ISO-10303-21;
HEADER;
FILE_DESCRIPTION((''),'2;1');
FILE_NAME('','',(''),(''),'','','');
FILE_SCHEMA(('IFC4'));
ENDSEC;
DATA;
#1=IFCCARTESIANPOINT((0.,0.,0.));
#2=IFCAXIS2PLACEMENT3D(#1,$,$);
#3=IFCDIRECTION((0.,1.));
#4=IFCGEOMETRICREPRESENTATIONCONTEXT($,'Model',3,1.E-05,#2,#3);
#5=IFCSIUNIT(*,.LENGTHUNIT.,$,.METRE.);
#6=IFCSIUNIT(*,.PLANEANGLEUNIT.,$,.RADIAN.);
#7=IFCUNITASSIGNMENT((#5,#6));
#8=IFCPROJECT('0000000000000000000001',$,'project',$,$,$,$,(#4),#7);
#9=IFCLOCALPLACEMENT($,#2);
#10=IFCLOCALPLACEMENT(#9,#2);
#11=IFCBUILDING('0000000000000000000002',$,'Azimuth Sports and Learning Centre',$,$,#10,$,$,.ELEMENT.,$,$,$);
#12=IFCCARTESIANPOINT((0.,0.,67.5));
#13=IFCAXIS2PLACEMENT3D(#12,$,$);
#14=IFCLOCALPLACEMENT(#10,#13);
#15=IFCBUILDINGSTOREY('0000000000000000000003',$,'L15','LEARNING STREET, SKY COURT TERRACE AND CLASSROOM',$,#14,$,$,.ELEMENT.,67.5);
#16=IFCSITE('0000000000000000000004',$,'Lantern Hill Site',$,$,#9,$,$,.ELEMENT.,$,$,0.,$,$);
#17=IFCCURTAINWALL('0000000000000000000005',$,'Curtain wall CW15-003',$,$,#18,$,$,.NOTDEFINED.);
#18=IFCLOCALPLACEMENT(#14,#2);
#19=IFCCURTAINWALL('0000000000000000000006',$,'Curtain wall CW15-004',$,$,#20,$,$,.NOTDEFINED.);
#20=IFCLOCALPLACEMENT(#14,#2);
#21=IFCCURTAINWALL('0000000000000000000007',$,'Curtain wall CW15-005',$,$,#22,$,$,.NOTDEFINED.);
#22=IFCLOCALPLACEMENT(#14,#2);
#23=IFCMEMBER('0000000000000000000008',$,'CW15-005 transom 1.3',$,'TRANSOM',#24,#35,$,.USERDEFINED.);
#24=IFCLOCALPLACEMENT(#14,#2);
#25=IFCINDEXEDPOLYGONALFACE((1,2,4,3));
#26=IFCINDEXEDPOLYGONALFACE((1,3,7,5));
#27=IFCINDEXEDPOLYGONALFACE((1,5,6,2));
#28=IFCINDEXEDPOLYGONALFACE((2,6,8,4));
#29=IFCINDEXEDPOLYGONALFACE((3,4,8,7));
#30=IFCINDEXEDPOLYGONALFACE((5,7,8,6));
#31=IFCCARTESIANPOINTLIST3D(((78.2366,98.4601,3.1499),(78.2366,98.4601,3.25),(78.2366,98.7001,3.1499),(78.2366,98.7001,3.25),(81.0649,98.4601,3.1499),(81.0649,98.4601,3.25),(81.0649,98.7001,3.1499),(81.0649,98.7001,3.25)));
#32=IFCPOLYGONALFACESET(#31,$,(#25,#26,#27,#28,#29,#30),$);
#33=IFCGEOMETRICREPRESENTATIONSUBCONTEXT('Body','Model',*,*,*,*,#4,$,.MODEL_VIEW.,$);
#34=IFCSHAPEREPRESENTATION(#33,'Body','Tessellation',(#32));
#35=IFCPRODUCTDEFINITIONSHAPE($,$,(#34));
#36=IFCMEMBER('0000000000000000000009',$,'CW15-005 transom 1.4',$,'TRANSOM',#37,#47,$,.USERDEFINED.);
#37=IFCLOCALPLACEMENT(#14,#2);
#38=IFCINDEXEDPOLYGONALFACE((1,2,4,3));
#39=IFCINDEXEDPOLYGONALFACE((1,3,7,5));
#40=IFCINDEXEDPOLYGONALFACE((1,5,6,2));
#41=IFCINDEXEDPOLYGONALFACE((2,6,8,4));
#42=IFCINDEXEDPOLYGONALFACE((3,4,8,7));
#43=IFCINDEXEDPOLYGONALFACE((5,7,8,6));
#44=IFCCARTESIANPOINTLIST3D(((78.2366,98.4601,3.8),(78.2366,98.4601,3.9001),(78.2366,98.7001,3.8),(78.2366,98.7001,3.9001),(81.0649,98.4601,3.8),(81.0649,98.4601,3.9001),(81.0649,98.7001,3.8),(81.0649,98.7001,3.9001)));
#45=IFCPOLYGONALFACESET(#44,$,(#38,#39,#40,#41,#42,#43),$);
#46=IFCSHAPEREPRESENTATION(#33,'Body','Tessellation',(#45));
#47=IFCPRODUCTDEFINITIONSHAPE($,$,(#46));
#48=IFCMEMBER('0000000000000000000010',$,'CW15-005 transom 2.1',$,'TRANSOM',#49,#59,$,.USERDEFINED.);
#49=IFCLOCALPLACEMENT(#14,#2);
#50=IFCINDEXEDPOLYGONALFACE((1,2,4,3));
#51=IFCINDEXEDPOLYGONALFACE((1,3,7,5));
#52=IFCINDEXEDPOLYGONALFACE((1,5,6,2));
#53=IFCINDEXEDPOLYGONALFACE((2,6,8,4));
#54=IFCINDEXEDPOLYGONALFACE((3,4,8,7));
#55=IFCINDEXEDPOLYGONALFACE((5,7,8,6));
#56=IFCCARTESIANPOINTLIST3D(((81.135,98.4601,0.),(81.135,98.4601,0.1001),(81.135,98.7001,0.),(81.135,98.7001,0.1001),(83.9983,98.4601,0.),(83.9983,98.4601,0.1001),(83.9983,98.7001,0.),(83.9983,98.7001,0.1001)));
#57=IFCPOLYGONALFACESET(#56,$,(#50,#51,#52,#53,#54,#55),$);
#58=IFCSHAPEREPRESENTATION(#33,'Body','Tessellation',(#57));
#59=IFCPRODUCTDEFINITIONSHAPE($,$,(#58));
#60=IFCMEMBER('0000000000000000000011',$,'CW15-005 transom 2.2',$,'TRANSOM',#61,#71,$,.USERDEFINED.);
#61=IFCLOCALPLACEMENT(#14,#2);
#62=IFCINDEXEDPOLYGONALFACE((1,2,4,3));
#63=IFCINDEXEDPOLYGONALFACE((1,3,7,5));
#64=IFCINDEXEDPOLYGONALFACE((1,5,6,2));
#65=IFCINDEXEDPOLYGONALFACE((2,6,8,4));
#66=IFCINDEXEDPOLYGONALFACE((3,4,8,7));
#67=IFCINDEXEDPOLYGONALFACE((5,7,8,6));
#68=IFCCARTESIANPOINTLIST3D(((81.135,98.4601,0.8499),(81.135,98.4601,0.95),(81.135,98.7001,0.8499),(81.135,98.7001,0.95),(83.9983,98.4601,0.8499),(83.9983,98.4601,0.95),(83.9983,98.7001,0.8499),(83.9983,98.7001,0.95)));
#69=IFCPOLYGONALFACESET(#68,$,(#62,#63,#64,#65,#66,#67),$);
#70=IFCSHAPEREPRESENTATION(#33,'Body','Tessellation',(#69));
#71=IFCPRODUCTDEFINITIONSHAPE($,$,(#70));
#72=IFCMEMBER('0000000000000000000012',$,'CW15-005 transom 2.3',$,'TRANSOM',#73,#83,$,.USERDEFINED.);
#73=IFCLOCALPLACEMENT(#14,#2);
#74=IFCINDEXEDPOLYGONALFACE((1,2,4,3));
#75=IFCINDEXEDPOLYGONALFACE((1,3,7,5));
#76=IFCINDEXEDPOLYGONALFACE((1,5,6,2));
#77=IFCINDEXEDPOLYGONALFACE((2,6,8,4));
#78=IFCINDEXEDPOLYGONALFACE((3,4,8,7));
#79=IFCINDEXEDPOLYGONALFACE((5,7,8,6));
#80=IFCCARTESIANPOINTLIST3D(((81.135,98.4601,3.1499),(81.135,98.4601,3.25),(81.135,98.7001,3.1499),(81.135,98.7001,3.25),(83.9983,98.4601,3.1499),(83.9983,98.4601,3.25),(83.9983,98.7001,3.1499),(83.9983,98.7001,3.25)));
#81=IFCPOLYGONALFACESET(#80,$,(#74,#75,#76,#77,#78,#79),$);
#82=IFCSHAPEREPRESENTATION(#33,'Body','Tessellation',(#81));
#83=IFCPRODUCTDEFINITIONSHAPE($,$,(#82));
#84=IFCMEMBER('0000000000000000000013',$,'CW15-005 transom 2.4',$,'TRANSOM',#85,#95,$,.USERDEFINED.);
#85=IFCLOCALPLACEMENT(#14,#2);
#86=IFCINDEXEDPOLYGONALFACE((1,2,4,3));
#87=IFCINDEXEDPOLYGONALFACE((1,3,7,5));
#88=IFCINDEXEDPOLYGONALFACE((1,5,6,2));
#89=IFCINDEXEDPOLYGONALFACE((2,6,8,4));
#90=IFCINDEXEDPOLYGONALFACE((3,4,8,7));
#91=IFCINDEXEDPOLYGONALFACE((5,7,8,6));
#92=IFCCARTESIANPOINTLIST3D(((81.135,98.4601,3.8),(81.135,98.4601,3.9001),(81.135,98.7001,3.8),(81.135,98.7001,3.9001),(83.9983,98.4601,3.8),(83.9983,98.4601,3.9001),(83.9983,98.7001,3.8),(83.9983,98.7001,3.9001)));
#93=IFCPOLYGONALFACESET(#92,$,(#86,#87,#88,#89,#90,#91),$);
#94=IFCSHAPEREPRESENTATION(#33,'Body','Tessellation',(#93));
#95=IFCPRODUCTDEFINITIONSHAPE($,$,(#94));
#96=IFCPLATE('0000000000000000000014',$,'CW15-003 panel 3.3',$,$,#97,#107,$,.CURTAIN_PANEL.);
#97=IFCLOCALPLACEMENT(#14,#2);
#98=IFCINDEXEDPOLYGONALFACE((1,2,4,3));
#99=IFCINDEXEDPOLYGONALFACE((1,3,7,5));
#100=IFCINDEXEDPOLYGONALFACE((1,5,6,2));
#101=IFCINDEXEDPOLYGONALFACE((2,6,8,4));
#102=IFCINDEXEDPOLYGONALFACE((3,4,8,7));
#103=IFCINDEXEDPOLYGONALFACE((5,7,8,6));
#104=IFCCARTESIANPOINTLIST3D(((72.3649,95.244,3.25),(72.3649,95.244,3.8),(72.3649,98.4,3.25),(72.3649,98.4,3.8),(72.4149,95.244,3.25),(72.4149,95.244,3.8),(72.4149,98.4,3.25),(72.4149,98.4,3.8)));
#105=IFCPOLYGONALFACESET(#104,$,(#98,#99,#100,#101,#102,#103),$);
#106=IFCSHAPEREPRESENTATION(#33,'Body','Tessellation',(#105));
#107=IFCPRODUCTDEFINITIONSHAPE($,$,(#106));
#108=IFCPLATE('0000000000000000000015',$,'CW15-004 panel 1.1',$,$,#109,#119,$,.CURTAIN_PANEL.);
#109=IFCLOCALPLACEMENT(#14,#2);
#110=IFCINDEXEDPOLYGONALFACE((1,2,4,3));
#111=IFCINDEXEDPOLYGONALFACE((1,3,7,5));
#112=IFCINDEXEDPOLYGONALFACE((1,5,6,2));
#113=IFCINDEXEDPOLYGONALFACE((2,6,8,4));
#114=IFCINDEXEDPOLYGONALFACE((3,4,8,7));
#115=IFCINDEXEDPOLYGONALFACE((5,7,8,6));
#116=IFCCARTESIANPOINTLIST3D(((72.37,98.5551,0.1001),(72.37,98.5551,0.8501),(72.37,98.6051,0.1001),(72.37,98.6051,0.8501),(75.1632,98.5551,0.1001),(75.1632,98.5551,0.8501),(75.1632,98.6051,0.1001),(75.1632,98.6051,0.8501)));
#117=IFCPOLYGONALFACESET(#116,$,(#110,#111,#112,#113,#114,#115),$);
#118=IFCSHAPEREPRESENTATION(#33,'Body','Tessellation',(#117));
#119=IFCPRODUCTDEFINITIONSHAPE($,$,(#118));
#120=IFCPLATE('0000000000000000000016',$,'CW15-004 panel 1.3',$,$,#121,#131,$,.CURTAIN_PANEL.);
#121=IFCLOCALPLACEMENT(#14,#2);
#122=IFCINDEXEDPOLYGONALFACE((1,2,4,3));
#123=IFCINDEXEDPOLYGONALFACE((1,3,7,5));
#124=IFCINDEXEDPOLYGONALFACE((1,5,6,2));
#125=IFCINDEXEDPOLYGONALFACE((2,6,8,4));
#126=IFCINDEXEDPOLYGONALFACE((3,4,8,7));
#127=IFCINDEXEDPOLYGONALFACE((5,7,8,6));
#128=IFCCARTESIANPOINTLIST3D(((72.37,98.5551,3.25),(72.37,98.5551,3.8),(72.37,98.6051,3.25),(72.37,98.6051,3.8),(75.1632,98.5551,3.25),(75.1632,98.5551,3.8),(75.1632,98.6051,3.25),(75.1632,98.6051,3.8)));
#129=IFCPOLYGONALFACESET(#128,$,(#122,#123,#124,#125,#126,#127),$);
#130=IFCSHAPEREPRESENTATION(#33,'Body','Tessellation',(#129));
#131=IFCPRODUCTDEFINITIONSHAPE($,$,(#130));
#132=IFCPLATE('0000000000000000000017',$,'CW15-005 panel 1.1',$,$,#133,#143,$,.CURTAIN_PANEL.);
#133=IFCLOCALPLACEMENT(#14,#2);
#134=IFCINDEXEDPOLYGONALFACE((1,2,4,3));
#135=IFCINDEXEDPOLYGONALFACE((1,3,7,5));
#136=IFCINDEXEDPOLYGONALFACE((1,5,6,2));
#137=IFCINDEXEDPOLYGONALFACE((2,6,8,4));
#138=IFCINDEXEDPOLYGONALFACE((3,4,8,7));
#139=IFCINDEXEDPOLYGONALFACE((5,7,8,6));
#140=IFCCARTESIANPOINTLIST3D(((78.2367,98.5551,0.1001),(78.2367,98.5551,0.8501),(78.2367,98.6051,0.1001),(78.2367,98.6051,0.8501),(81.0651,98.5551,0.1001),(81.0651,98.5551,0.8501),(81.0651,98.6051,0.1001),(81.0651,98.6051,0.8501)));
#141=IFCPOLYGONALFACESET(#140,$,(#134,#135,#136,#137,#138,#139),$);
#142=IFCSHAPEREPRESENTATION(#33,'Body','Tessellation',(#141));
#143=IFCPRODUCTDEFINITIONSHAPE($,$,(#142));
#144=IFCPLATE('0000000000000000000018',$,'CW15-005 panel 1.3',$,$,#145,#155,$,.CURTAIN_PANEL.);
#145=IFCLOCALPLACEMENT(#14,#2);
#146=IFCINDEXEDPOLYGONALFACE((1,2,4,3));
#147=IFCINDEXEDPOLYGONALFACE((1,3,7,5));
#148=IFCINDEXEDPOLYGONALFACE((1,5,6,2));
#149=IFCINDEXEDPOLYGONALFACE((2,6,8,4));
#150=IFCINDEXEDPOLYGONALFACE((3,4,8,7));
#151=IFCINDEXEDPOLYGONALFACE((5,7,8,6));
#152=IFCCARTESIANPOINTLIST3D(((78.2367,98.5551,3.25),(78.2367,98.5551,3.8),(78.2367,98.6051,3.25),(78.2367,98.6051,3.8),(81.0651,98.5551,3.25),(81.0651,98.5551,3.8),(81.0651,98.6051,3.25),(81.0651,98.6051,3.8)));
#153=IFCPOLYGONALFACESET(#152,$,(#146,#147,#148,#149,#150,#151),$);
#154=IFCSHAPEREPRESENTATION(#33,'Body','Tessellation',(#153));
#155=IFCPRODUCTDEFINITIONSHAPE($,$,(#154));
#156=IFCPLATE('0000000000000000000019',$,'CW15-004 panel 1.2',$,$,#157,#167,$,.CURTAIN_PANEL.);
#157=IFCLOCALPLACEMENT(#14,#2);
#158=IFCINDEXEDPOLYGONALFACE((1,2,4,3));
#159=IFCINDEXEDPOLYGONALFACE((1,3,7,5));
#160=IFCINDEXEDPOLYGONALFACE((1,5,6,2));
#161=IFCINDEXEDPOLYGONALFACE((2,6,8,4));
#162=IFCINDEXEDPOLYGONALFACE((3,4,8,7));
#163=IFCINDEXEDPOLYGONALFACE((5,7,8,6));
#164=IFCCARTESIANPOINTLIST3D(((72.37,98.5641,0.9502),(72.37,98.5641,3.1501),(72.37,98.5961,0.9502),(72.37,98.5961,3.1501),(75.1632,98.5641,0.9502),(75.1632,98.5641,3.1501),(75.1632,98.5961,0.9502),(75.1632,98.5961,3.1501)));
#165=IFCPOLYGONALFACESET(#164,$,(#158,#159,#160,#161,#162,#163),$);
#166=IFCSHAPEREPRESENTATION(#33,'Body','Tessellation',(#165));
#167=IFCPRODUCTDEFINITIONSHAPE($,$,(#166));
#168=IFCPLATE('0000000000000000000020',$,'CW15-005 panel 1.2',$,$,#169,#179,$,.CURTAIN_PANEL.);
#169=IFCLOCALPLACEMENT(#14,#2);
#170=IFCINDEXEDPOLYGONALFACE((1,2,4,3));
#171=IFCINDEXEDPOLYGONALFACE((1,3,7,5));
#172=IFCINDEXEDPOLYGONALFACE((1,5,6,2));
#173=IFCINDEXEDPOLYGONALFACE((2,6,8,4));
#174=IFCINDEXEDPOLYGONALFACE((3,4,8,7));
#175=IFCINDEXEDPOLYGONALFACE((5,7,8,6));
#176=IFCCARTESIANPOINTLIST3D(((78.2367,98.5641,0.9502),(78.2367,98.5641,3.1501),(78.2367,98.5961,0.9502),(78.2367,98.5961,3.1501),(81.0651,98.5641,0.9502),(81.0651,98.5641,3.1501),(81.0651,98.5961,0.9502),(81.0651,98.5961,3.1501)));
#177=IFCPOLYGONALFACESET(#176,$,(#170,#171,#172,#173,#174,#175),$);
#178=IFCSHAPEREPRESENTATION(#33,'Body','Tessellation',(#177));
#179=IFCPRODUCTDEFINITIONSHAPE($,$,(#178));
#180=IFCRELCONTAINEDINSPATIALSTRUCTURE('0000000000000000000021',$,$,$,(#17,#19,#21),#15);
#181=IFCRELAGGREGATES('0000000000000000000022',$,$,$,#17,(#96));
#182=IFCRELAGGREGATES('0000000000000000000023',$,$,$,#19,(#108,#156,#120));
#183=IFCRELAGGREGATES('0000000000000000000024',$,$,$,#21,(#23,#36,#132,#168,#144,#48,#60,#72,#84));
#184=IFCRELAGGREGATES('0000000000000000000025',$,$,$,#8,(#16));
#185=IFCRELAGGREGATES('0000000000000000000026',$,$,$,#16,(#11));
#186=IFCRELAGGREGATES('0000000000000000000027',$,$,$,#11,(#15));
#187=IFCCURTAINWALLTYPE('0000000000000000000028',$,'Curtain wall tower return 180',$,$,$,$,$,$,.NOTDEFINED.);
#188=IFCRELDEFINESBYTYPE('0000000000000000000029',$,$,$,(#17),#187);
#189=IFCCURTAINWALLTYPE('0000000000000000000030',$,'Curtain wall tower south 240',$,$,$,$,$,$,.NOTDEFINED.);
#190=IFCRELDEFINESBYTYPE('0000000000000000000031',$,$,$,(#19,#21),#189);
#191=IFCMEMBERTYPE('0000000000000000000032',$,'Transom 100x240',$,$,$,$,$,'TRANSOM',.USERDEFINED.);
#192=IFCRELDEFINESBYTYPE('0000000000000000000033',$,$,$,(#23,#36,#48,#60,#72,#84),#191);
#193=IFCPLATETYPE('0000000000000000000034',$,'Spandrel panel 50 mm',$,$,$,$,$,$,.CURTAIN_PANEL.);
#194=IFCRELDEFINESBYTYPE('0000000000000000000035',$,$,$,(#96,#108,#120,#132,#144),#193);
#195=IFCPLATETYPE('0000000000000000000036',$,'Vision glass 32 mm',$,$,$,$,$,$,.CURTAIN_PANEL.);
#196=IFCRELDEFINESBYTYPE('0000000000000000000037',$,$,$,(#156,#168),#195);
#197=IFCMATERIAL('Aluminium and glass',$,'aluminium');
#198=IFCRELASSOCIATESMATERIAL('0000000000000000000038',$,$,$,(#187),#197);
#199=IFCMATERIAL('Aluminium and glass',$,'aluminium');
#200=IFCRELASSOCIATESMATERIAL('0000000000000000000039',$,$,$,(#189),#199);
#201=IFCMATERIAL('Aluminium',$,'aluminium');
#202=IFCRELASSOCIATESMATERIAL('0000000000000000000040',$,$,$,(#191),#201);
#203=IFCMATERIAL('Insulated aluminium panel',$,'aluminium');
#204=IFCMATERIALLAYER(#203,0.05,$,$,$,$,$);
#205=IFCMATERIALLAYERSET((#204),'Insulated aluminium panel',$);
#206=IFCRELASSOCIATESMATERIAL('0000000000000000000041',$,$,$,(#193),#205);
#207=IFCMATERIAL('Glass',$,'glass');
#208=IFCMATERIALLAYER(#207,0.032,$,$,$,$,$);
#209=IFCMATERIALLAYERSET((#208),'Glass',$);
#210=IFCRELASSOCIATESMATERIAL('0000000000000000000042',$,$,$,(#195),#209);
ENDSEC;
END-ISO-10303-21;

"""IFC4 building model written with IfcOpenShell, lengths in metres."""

from ifc_helpers import new_model, si_unit, direction, frame, origin, origin_2d, place, context, subcontext, project, spatial, rectangle, extrude, material, layer, layer_set, material_profile, profile_set, type_object, element, aggregate, save


model = new_model("IFC4")

# Units and contexts
model_context = context("Model", 3, precision=1e-05, world=origin(), true_north=direction((0.0, 1.0)))
body_context = subcontext(model_context, "Body", "Model", "MODEL_VIEW")
ifc_project = project(units=[si_unit("LENGTHUNIT", "METRE"), si_unit("PLANEANGLEUNIT", "RADIAN")], contexts=[model_context])

# Site, building, storey
site_placement = place(None, origin())
site = spatial("IfcSite", under=ifc_project, at=site_placement, Name="Lantern Hill Site", CompositionType="ELEMENT", RefElevation=0.0)
building_placement = place(site_placement, origin())
building = spatial("IfcBuilding", under=site, at=building_placement, Name="Azimuth Sports and Learning Centre", CompositionType="ELEMENT")
storey_placement = place(building_placement, frame((0.0, 0.0, 67.5)))
storey = spatial("IfcBuildingStorey", under=building, at=storey_placement, Name="L15", Description="LEARNING STREET, SKY COURT TERRACE AND CLASSROOM", CompositionType="ELEMENT", Elevation=67.5)

# Curtain walls
ifc_material_1 = material(Name="Aluminium and glass", Category="aluminium")
curtain_wall_type_1 = type_object("IfcCurtainWallType", Name="Curtain wall tower return 180", PredefinedType="NOTDEFINED", material=ifc_material_1)
curtain_wall_1_placement = place(storey_placement, origin())
curtain_wall_1 = element("IfcCurtainWall", 1, at=curtain_wall_1_placement, inside=storey, type_object=curtain_wall_type_1, Name="Curtain wall CW15-003", PredefinedType="NOTDEFINED")
ifc_material_2 = material(Name="Aluminium and glass", Category="aluminium")
curtain_wall_type_2 = type_object("IfcCurtainWallType", Name="Curtain wall tower south 240", PredefinedType="NOTDEFINED", material=ifc_material_2)
curtain_wall_2_placement = place(storey_placement, origin())
curtain_wall_2 = element("IfcCurtainWall", 2, at=curtain_wall_2_placement, inside=storey, type_object=curtain_wall_type_2, Name="Curtain wall CW15-004", PredefinedType="NOTDEFINED")

# Curtain wall, members
curtain_wall_3_placement = place(storey_placement, origin())
curtain_wall_3 = element("IfcCurtainWall", 3, at=curtain_wall_3_placement, inside=storey, type_object=curtain_wall_type_2, Name="Curtain wall CW15-005", PredefinedType="NOTDEFINED")
ifc_material_3 = material(Name="Aluminium", Category="aluminium")
ifc_material_profile_1 = material_profile(ifc_material_3, rectangle(XDim=0.24, YDim=0.1001, at=origin_2d()), Name="Transom 100x240")
ifc_profile_set_1 = profile_set([ifc_material_profile_1], Name="Aluminium")
member_type_1 = type_object("IfcMemberType", Name="Transom 100x240", ElementType="TRANSOM", PredefinedType="USERDEFINED", material=ifc_profile_set_1)
member_1_placement = place(storey_placement, frame((78.2366, 98.5801, 3.2), z_axis=(1.0, 0.0, 0.0), x_axis=(0.0, 1.0, 0.0)))
member_1 = element("IfcMember", 4, at=member_1_placement, type_object=member_type_1, Name="CW15-005 transom 1.3", ObjectType="TRANSOM", PredefinedType="USERDEFINED", context=body_context, shape_type="SweptSolid", body=[
    extrude(rectangle(XDim=0.24, YDim=0.1001, at=origin_2d()), origin(), (0.0, 0.0, 1.0), 2.8284),
])
member_2_placement = place(storey_placement, frame((78.2366, 98.5801, 3.8501), z_axis=(1.0, 0.0, 0.0), x_axis=(0.0, 1.0, 0.0)))
member_2 = element("IfcMember", 5, at=member_2_placement, type_object=member_type_1, Name="CW15-005 transom 1.4", ObjectType="TRANSOM", PredefinedType="USERDEFINED", context=body_context, shape_type="SweptSolid", body=[
    extrude(rectangle(XDim=0.24, YDim=0.1001, at=origin_2d()), origin(), (0.0, 0.0, 1.0), 2.8284),
])
member_3_placement = place(storey_placement, frame((81.135, 98.5801, 0.05), z_axis=(1.0, 0.0, 0.0), x_axis=(0.0, 1.0, 0.0)))
member_3 = element("IfcMember", 6, at=member_3_placement, type_object=member_type_1, Name="CW15-005 transom 2.1", ObjectType="TRANSOM", PredefinedType="USERDEFINED", context=body_context, shape_type="SweptSolid", body=[
    extrude(rectangle(XDim=0.24, YDim=0.1001, at=origin_2d()), origin(), (0.0, 0.0, 1.0), 2.8633),
])
member_4_placement = place(storey_placement, frame((81.135, 98.5801, 0.8999), z_axis=(1.0, 0.0, 0.0), x_axis=(0.0, 1.0, 0.0)))
member_4 = element("IfcMember", 7, at=member_4_placement, type_object=member_type_1, Name="CW15-005 transom 2.2", ObjectType="TRANSOM", PredefinedType="USERDEFINED", context=body_context, shape_type="SweptSolid", body=[
    extrude(rectangle(XDim=0.24, YDim=0.1001, at=origin_2d()), origin(), (0.0, 0.0, 1.0), 2.8633),
])
member_5_placement = place(storey_placement, frame((81.135, 98.5801, 3.2), z_axis=(1.0, 0.0, 0.0), x_axis=(0.0, 1.0, 0.0)))
member_5 = element("IfcMember", 8, at=member_5_placement, type_object=member_type_1, Name="CW15-005 transom 2.3", ObjectType="TRANSOM", PredefinedType="USERDEFINED", context=body_context, shape_type="SweptSolid", body=[
    extrude(rectangle(XDim=0.24, YDim=0.1001, at=origin_2d()), origin(), (0.0, 0.0, 1.0), 2.8633),
])
member_6_placement = place(storey_placement, frame((81.135, 98.5801, 3.8501), z_axis=(1.0, 0.0, 0.0), x_axis=(0.0, 1.0, 0.0)))
member_6 = element("IfcMember", 9, at=member_6_placement, type_object=member_type_1, Name="CW15-005 transom 2.4", ObjectType="TRANSOM", PredefinedType="USERDEFINED", context=body_context, shape_type="SweptSolid", body=[
    extrude(rectangle(XDim=0.24, YDim=0.1001, at=origin_2d()), origin(), (0.0, 0.0, 1.0), 2.8633),
])

# Plates
ifc_material_4 = material(Name="Insulated aluminium panel", Category="aluminium")
ifc_layer_1 = layer(ifc_material_4, 0.05)
ifc_layer_set_1 = layer_set([ifc_layer_1], Name="Insulated aluminium panel")
plate_type_1 = type_object("IfcPlateType", Name="Spandrel panel 50 mm", PredefinedType="CURTAIN_PANEL", material=ifc_layer_set_1)
plate_1_placement = place(storey_placement, frame((72.3899, 96.822, 3.25), z_axis=(0.0, 0.0, 1.0), x_axis=(0.0, 1.0, 0.0)))
plate_1 = element("IfcPlate", 10, at=plate_1_placement, type_object=plate_type_1, Name="CW15-003 panel 3.3", PredefinedType="CURTAIN_PANEL", context=body_context, shape_type="SweptSolid", body=[
    extrude(rectangle(XDim=3.156, YDim=0.05, at=origin_2d()), origin(), (0.0, 0.0, 1.0), 0.55),
])
aggregate(curtain_wall_1, [plate_1])
plate_2_placement = place(storey_placement, frame((73.7666, 98.5801, 0.1001), z_axis=(0.0, 0.0, 1.0), x_axis=(1.0, 0.0, 0.0)))
plate_2 = element("IfcPlate", 11, at=plate_2_placement, type_object=plate_type_1, Name="CW15-004 panel 1.1", PredefinedType="CURTAIN_PANEL", context=body_context, shape_type="SweptSolid", body=[
    extrude(rectangle(XDim=2.7932, YDim=0.05, at=origin_2d()), origin(), (0.0, 0.0, 1.0), 0.75),
])
plate_3_placement = place(storey_placement, frame((73.7666, 98.5801, 3.25), z_axis=(0.0, 0.0, 1.0), x_axis=(1.0, 0.0, 0.0)))
plate_3 = element("IfcPlate", 12, at=plate_3_placement, type_object=plate_type_1, Name="CW15-004 panel 1.3", PredefinedType="CURTAIN_PANEL", context=body_context, shape_type="SweptSolid", body=[
    extrude(rectangle(XDim=2.7932, YDim=0.05, at=origin_2d()), origin(), (0.0, 0.0, 1.0), 0.55),
])
plate_4_placement = place(storey_placement, frame((79.6509, 98.5801, 0.1001), z_axis=(0.0, 0.0, 1.0), x_axis=(1.0, 0.0, 0.0)))
plate_4 = element("IfcPlate", 13, at=plate_4_placement, type_object=plate_type_1, Name="CW15-005 panel 1.1", PredefinedType="CURTAIN_PANEL", context=body_context, shape_type="SweptSolid", body=[
    extrude(rectangle(XDim=2.8284, YDim=0.05, at=origin_2d()), origin(), (0.0, 0.0, 1.0), 0.75),
])
plate_5_placement = place(storey_placement, frame((79.6509, 98.5801, 3.25), z_axis=(0.0, 0.0, 1.0), x_axis=(1.0, 0.0, 0.0)))
plate_5 = element("IfcPlate", 14, at=plate_5_placement, type_object=plate_type_1, Name="CW15-005 panel 1.3", PredefinedType="CURTAIN_PANEL", context=body_context, shape_type="SweptSolid", body=[
    extrude(rectangle(XDim=2.8284, YDim=0.05, at=origin_2d()), origin(), (0.0, 0.0, 1.0), 0.55),
])
ifc_material_5 = material(Name="Glass", Category="glass")
ifc_layer_2 = layer(ifc_material_5, 0.032)
ifc_layer_set_2 = layer_set([ifc_layer_2], Name="Glass")
plate_type_2 = type_object("IfcPlateType", Name="Vision glass 32 mm", PredefinedType="CURTAIN_PANEL", material=ifc_layer_set_2)
plate_6_placement = place(storey_placement, frame((73.7666, 98.5801, 0.9502), z_axis=(0.0, 0.0, 1.0), x_axis=(1.0, 0.0, 0.0)))
plate_6 = element("IfcPlate", 15, at=plate_6_placement, type_object=plate_type_2, Name="CW15-004 panel 1.2", PredefinedType="CURTAIN_PANEL", context=body_context, shape_type="SweptSolid", body=[
    extrude(rectangle(XDim=2.7932, YDim=0.032, at=origin_2d()), origin(), (0.0, 0.0, 1.0), 2.2),
])
aggregate(curtain_wall_2, [plate_2, plate_6, plate_3])
plate_7_placement = place(storey_placement, frame((79.6509, 98.5801, 0.9502), z_axis=(0.0, 0.0, 1.0), x_axis=(1.0, 0.0, 0.0)))
plate_7 = element("IfcPlate", 16, at=plate_7_placement, type_object=plate_type_2, Name="CW15-005 panel 1.2", PredefinedType="CURTAIN_PANEL", context=body_context, shape_type="SweptSolid", body=[
    extrude(rectangle(XDim=2.8284, YDim=0.032, at=origin_2d()), origin(), (0.0, 0.0, 1.0), 2.2),
])
aggregate(curtain_wall_3, [member_1, member_2, plate_4, plate_7, plate_5, member_3, member_4, member_5, member_6])

save(model, "model.ifc")
